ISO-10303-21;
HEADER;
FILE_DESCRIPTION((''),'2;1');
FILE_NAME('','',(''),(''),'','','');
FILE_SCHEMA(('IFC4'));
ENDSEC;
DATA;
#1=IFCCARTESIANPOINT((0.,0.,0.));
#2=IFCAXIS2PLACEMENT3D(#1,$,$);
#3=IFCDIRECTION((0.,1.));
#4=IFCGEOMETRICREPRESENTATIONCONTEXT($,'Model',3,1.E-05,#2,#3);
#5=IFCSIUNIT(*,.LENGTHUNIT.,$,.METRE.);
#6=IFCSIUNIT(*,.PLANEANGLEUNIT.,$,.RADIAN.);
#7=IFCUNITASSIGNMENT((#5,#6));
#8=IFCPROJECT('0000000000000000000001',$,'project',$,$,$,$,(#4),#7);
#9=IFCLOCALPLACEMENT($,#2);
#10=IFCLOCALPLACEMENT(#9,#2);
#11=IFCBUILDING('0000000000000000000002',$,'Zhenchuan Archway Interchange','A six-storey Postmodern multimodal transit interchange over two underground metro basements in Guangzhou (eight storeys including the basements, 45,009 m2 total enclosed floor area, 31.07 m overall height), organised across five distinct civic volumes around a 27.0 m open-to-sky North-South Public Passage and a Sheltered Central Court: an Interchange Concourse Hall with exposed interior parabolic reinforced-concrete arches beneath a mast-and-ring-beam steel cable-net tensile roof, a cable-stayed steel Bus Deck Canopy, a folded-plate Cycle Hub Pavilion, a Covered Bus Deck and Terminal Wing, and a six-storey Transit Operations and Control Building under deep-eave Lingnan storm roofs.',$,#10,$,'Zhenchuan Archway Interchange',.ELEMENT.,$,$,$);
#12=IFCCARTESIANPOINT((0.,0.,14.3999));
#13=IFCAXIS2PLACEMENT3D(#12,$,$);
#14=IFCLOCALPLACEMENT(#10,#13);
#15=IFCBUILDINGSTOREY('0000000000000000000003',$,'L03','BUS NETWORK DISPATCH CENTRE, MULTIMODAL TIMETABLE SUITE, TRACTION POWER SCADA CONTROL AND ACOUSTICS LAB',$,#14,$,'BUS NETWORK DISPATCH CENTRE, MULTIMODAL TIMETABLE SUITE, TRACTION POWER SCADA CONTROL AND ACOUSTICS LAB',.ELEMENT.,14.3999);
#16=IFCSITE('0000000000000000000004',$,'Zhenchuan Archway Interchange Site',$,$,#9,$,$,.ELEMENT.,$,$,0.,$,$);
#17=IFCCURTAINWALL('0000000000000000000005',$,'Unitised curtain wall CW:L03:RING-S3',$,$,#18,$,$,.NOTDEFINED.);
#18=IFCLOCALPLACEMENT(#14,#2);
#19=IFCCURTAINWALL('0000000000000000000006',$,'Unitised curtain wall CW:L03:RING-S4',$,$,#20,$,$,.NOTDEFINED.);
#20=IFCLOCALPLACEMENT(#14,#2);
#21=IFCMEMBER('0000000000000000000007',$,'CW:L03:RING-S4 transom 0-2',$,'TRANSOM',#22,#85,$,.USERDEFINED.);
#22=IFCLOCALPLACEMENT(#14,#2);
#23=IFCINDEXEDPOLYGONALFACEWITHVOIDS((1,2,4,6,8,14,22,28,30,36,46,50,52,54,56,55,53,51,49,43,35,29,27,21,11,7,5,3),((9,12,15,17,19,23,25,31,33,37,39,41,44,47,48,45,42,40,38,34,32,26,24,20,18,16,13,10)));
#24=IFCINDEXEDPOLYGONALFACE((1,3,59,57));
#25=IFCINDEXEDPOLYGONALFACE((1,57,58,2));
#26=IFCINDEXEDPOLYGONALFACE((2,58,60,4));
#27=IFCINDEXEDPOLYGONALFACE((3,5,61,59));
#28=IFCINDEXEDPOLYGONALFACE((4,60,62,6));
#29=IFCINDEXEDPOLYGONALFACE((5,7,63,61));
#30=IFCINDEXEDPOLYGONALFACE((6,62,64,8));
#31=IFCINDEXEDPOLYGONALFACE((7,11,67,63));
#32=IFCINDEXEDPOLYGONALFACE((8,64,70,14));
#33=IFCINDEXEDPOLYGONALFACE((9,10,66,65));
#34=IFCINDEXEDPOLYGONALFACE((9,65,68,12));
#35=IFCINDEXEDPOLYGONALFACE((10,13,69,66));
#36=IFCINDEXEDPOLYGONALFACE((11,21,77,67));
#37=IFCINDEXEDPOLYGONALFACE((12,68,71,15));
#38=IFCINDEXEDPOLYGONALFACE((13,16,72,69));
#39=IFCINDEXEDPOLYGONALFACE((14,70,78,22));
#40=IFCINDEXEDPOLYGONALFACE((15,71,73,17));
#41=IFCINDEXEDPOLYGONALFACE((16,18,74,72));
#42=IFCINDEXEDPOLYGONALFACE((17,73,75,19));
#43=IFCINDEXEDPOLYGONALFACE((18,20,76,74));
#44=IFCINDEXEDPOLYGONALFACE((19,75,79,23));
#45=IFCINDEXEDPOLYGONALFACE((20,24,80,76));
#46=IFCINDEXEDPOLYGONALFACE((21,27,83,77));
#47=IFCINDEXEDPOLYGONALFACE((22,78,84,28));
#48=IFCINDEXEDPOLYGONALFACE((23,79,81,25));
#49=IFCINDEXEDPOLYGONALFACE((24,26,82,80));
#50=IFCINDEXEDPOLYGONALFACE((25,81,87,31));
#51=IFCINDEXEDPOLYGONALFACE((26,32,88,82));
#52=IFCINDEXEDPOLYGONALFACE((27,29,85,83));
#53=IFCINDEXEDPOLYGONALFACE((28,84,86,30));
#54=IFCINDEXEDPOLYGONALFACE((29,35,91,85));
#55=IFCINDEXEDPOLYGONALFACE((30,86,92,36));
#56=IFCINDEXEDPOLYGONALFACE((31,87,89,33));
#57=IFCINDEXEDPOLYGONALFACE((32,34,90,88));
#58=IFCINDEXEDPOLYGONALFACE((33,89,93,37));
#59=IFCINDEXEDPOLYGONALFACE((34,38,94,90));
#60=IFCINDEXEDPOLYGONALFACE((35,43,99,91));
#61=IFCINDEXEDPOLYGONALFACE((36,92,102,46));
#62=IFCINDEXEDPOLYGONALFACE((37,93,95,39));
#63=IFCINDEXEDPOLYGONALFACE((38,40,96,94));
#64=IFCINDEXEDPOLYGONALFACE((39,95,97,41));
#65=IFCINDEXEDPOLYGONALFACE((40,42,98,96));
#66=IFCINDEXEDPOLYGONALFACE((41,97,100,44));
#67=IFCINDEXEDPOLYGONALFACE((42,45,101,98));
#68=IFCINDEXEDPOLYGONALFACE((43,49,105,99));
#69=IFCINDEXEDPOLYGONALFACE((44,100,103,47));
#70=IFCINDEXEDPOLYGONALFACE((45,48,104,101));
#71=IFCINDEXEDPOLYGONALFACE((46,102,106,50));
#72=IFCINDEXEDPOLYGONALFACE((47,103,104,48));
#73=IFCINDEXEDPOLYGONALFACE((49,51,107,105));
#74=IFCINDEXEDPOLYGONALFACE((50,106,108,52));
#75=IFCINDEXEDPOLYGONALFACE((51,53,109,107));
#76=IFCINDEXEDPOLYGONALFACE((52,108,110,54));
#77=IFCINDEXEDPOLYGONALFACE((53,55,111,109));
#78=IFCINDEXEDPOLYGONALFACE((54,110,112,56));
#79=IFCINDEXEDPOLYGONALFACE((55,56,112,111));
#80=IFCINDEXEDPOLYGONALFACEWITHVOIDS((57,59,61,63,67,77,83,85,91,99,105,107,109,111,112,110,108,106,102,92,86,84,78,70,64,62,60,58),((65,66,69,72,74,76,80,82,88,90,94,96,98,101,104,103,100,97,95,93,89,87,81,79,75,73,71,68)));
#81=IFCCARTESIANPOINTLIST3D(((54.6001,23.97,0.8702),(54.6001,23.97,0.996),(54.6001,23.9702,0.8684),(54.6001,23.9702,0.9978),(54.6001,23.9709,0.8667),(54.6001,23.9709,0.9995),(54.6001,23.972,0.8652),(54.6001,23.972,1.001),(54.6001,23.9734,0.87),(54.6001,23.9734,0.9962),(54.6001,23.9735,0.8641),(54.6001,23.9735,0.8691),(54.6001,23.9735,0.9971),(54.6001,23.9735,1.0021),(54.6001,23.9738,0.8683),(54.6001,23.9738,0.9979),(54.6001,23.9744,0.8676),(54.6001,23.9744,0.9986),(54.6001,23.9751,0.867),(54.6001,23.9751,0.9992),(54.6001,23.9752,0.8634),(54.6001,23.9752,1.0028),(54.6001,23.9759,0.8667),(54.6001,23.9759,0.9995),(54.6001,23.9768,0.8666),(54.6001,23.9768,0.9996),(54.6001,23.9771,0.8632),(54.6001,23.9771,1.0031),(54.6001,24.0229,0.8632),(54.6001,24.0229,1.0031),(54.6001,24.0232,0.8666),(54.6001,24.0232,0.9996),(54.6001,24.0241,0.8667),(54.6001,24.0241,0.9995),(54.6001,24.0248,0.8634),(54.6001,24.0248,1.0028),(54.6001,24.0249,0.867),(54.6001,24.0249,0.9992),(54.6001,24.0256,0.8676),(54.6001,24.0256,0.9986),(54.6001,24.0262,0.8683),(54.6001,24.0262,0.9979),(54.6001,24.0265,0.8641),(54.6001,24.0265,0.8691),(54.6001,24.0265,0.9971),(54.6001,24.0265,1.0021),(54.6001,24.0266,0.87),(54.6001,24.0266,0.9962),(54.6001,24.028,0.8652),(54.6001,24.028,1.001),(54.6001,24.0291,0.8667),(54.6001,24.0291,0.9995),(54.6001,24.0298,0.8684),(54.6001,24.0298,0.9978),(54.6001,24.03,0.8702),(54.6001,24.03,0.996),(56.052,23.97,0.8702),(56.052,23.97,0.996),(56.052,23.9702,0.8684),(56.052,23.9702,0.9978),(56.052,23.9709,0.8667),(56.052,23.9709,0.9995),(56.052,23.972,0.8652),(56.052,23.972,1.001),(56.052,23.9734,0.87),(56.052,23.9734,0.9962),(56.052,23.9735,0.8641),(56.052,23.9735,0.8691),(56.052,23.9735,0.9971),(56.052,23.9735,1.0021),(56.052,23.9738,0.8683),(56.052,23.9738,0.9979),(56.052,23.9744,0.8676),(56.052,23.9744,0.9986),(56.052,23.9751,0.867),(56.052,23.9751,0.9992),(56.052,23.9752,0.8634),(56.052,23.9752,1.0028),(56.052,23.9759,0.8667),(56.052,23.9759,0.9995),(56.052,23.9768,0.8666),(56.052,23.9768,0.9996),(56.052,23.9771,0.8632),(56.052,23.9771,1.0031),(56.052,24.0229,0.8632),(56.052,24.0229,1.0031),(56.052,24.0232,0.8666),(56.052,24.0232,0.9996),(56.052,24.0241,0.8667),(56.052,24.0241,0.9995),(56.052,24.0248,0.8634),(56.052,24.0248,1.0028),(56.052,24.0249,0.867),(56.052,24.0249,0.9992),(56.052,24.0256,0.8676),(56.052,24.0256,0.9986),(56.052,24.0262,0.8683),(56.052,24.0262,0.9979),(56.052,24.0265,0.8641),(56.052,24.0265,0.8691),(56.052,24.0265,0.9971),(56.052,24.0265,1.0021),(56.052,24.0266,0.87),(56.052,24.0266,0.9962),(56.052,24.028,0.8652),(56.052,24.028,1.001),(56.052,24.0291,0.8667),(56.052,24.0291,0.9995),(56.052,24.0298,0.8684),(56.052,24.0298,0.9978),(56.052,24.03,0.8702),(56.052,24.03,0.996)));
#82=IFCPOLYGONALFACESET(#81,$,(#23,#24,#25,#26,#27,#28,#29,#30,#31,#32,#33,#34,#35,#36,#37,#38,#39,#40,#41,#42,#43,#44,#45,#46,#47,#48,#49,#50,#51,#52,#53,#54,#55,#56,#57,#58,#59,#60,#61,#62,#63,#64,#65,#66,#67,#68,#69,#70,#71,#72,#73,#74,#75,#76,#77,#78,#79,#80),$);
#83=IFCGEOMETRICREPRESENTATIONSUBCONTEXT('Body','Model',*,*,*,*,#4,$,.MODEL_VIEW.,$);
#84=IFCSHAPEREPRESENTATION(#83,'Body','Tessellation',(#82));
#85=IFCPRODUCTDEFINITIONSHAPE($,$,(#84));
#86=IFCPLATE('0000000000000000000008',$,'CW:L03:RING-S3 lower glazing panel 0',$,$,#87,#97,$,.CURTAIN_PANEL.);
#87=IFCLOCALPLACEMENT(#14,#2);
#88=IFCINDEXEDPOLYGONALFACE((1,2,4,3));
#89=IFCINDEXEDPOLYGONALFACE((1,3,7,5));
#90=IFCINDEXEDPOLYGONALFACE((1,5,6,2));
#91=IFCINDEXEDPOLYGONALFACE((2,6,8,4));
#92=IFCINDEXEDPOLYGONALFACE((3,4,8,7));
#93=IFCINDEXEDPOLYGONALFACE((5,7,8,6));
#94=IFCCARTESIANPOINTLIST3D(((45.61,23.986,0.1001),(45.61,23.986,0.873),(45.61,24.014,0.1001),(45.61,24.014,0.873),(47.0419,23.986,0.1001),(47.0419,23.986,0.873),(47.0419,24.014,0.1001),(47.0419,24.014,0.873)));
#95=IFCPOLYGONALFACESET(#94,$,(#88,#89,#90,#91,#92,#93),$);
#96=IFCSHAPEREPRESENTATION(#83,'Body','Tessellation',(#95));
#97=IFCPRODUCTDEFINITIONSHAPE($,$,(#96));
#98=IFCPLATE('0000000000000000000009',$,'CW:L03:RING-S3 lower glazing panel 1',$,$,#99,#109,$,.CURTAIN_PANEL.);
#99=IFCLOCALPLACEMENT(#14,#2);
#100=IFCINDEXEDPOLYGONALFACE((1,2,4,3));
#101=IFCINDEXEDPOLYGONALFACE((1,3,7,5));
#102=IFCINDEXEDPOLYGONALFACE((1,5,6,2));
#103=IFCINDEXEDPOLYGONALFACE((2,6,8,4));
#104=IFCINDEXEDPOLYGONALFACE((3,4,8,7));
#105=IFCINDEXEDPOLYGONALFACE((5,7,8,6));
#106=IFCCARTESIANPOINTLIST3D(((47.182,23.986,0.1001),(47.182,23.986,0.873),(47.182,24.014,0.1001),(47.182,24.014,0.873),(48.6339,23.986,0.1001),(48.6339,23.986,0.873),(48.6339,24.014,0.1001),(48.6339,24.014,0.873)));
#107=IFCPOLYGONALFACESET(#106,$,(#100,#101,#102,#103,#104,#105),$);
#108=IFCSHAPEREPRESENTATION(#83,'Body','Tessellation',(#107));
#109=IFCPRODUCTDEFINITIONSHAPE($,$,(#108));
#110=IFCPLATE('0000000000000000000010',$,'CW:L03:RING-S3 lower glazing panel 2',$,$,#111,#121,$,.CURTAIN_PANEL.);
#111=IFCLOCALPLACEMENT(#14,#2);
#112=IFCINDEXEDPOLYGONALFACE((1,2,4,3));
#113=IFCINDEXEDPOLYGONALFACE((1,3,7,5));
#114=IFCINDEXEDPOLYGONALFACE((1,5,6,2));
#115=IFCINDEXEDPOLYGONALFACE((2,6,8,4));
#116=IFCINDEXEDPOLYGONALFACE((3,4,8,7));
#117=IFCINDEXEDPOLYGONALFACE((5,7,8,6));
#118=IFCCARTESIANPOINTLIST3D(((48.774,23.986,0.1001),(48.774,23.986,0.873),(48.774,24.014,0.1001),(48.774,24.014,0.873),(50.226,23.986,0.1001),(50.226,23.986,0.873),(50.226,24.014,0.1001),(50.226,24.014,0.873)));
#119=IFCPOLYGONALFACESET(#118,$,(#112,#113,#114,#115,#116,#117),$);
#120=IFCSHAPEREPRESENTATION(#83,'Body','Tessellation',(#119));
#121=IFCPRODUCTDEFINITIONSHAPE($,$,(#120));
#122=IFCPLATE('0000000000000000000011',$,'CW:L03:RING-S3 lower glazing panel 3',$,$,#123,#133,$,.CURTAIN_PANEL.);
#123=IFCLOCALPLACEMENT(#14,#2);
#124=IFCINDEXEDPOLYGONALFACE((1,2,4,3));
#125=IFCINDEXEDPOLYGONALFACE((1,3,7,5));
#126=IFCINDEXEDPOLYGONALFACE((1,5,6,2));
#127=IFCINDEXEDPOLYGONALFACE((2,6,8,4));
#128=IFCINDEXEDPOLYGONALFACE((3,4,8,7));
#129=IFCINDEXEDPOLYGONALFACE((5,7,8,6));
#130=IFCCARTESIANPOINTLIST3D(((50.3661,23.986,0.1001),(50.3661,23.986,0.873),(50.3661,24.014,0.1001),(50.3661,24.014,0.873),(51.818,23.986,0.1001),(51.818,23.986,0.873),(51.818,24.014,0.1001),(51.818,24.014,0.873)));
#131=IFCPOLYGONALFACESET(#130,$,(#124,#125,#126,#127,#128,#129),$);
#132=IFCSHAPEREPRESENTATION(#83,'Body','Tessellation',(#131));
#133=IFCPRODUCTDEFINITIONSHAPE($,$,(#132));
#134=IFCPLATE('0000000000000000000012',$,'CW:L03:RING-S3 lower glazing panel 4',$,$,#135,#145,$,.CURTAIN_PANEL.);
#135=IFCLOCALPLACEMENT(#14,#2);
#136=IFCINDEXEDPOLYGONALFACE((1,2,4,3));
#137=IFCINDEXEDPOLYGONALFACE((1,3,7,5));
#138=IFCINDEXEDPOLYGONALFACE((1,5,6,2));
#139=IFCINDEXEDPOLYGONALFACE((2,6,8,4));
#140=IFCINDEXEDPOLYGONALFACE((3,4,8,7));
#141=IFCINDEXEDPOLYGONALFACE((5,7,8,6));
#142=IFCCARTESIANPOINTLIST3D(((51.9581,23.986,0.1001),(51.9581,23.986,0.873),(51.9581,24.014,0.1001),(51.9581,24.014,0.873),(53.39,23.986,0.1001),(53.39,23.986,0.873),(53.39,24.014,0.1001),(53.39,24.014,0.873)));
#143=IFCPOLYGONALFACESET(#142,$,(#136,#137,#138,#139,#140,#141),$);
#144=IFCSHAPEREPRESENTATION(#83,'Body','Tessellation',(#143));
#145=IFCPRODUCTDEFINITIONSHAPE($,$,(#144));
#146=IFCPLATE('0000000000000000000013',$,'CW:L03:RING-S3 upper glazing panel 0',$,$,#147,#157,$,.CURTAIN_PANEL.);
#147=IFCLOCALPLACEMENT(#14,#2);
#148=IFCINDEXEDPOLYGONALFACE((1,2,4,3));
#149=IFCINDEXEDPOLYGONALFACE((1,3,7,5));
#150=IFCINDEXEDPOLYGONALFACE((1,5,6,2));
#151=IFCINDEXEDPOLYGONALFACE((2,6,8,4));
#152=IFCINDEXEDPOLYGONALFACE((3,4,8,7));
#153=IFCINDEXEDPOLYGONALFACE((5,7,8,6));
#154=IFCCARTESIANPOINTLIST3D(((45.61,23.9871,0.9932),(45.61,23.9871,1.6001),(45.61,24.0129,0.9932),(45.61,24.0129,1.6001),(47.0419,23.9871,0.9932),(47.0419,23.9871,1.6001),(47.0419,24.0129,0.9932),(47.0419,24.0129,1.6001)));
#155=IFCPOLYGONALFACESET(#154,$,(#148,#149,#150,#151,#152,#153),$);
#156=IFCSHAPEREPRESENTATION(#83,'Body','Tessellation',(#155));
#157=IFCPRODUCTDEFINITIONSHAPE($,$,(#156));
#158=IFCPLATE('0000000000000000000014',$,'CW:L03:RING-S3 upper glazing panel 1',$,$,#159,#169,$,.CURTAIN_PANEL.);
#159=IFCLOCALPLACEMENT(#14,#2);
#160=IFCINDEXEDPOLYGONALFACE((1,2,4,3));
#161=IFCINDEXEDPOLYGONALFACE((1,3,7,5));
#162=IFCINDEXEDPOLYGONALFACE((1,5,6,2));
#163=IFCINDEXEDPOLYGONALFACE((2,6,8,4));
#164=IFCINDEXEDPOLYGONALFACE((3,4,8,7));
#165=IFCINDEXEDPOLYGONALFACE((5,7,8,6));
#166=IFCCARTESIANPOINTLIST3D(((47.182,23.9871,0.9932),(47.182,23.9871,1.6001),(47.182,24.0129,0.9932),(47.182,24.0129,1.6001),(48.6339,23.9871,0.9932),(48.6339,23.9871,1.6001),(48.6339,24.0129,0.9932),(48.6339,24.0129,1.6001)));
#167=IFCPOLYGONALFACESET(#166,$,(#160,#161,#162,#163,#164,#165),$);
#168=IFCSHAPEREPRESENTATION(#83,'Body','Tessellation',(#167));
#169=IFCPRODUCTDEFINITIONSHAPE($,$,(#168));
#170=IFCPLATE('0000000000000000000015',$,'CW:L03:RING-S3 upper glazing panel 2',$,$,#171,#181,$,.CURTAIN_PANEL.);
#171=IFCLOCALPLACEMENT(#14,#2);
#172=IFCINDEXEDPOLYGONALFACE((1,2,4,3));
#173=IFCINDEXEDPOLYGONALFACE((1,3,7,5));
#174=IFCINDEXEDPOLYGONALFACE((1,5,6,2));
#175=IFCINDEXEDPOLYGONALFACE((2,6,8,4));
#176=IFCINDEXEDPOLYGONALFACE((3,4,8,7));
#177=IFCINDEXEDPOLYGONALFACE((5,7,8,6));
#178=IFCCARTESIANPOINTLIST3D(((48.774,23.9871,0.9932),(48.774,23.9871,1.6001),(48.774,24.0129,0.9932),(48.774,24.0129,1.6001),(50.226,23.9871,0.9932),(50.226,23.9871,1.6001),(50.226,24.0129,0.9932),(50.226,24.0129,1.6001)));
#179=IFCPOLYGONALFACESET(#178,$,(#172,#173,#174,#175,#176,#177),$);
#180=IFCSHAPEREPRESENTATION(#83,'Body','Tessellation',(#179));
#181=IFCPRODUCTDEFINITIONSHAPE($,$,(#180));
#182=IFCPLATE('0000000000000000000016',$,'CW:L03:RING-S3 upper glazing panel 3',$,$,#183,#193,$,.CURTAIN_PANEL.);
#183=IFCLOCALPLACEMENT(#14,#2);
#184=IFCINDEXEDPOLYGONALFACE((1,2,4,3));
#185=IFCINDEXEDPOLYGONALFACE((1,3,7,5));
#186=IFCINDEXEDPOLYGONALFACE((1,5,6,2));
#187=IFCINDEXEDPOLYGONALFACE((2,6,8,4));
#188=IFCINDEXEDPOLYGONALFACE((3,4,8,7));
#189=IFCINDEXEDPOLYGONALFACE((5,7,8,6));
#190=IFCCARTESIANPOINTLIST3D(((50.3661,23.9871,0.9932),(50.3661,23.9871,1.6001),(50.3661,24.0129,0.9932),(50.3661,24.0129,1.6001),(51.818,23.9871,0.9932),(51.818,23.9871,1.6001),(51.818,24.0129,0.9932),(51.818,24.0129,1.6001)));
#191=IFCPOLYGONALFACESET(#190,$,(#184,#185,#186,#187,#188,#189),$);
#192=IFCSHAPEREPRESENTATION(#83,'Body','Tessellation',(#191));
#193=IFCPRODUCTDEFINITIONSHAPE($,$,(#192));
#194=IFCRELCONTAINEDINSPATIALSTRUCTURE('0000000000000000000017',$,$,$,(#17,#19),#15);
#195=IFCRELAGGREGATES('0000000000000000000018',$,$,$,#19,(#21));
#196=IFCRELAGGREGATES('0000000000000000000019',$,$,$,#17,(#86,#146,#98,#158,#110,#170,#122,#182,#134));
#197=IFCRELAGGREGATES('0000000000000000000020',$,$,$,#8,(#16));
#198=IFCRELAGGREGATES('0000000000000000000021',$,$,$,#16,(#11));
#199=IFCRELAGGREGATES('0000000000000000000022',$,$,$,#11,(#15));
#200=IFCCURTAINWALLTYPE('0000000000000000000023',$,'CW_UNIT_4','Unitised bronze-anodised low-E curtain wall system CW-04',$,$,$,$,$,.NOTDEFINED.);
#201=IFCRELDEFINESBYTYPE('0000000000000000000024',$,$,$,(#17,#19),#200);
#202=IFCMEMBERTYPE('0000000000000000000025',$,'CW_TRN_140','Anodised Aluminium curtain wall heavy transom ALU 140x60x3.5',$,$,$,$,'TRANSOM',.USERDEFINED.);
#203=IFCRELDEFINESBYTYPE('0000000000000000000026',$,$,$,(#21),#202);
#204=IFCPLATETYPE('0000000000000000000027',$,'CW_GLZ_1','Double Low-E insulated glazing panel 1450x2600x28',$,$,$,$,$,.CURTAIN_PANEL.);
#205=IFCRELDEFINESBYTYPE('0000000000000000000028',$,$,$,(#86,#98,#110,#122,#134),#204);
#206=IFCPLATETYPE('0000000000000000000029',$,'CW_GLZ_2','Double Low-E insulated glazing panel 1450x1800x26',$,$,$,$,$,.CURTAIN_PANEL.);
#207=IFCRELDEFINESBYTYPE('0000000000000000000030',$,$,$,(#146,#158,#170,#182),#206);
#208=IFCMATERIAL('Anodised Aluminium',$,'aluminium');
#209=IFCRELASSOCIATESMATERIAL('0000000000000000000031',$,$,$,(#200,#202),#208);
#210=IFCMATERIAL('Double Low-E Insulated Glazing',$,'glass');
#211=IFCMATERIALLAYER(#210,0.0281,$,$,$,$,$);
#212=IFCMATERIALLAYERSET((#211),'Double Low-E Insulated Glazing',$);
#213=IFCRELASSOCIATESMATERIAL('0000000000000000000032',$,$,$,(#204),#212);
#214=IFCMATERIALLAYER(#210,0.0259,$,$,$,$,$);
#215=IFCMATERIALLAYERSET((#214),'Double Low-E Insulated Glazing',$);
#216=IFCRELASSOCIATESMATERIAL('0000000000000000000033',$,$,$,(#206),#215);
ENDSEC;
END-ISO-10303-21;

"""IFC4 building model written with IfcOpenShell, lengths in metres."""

from ifc_helpers import new_model, si_unit, direction, frame, origin, origin_2d, place, context, subcontext, project, spatial, rectangle, hollow_rectangle, extrude, material, layer, layer_set, material_profile, profile_set, type_object, element, aggregate, save


model = new_model("IFC4")

# Units and contexts
model_context = context("Model", 3, precision=1e-05, world=origin(), true_north=direction((0.0, 1.0)))
body_context = subcontext(model_context, "Body", "Model", "MODEL_VIEW")
ifc_project = project(units=[si_unit("LENGTHUNIT", "METRE"), si_unit("PLANEANGLEUNIT", "RADIAN")], contexts=[model_context])

# Site, building, storey
site_placement = place(None, origin())
site = spatial("IfcSite", under=ifc_project, at=site_placement, Name="Zhenchuan Archway Interchange Site", CompositionType="ELEMENT", RefElevation=0.0)
building_placement = place(site_placement, origin())
building = spatial("IfcBuilding", under=site, at=building_placement, Name="Zhenchuan Archway Interchange", Description="A six-storey Postmodern multimodal transit interchange over two underground metro basements in Guangzhou (eight storeys including the basements, 45,009 m2 total enclosed floor area, 31.07 m overall height), organised across five distinct civic volumes around a 27.0 m open-to-sky North-South Public Passage and a Sheltered Central Court: an Interchange Concourse Hall with exposed interior parabolic reinforced-concrete arches beneath a mast-and-ring-beam steel cable-net tensile roof, a cable-stayed steel Bus Deck Canopy, a folded-plate Cycle Hub Pavilion, a Covered Bus Deck and Terminal Wing, and a six-storey Transit Operations and Control Building under deep-eave Lingnan storm roofs.", LongName="Zhenchuan Archway Interchange", CompositionType="ELEMENT")
storey_placement = place(building_placement, frame((0.0, 0.0, 14.3999)))
storey = spatial("IfcBuildingStorey", under=building, at=storey_placement, Name="L03", Description="BUS NETWORK DISPATCH CENTRE, MULTIMODAL TIMETABLE SUITE, TRACTION POWER SCADA CONTROL AND ACOUSTICS LAB", LongName="BUS NETWORK DISPATCH CENTRE, MULTIMODAL TIMETABLE SUITE, TRACTION POWER SCADA CONTROL AND ACOUSTICS LAB", CompositionType="ELEMENT", Elevation=14.3999)

# Curtain wall
ifc_material_1 = material(Name="Anodised Aluminium", Category="aluminium")
curtain_wall_type = type_object("IfcCurtainWallType", Name="CW_UNIT_4", Description="Unitised bronze-anodised low-E curtain wall system CW-04", PredefinedType="NOTDEFINED", material=ifc_material_1)
curtain_wall_1_placement = place(storey_placement, origin())
curtain_wall_1 = element("IfcCurtainWall", 1, at=curtain_wall_1_placement, inside=storey, type_object=curtain_wall_type, Name="Unitised curtain wall CW:L03:RING-S3", PredefinedType="NOTDEFINED")

# Curtain wall
curtain_wall_2_placement = place(storey_placement, origin())
curtain_wall_2 = element("IfcCurtainWall", 2, at=curtain_wall_2_placement, inside=storey, type_object=curtain_wall_type, Name="Unitised curtain wall CW:L03:RING-S4", PredefinedType="NOTDEFINED")

# Member
ifc_material_profile_1 = material_profile(ifc_material_1, hollow_rectangle(XDim=0.0601, YDim=0.1399, WallThickness=0.0034, InnerFilletRadius=0.0034, OuterFilletRadius=0.0071, at=origin_2d()), Name="ALU 140x60x3.5")
ifc_profile_set_1 = profile_set([ifc_material_profile_1], Name="Anodised Aluminium")
member_type_1 = type_object("IfcMemberType", Name="CW_TRN_140", Description="Anodised Aluminium curtain wall heavy transom ALU 140x60x3.5", ElementType="TRANSOM", PredefinedType="USERDEFINED", material=ifc_profile_set_1)
member_1_placement = place(storey_placement, frame((54.6001, 24.0, 0.9331), z_axis=(1.0, 0.0, 0.0), x_axis=(0.0, 1.0, 0.0)))
member_1 = element("IfcMember", 3, at=member_1_placement, type_object=member_type_1, Name="CW:L03:RING-S4 transom 0-2", ObjectType="TRANSOM", PredefinedType="USERDEFINED", context=body_context, shape_type="SweptSolid", body=[
    extrude(hollow_rectangle(XDim=0.0601, YDim=0.1399, WallThickness=0.0034, InnerFilletRadius=0.0034, OuterFilletRadius=0.0071, at=origin_2d()), origin(), (0.0, 0.0, 1.0), 1.4519),
])
aggregate(curtain_wall_2, [member_1])

# Plates
ifc_material_2 = material(Name="Double Low-E Insulated Glazing", Category="glass")
ifc_layer_1 = layer(ifc_material_2, 0.0281)
ifc_layer_set_1 = layer_set([ifc_layer_1], Name="Double Low-E Insulated Glazing")
plate_type_1 = type_object("IfcPlateType", Name="CW_GLZ_1", Description="Double Low-E insulated glazing panel 1450x2600x28", PredefinedType="CURTAIN_PANEL", material=ifc_layer_set_1)
plate_1_placement = place(storey_placement, frame((46.3259, 24.0, 0.1001), z_axis=(0.0, 0.0, 1.0), x_axis=(1.0, 0.0, 0.0)))
plate_1 = element("IfcPlate", 4, at=plate_1_placement, type_object=plate_type_1, Name="CW:L03:RING-S3 lower glazing panel 0", PredefinedType="CURTAIN_PANEL", context=body_context, shape_type="SweptSolid", body=[
    extrude(rectangle(XDim=1.4319, YDim=0.0281, at=origin_2d()), origin(), (0.0, 0.0, 1.0), 0.7729),
])
plate_2_placement = place(storey_placement, frame((47.908, 24.0, 0.1001), z_axis=(0.0, 0.0, 1.0), x_axis=(1.0, 0.0, 0.0)))
plate_2 = element("IfcPlate", 5, at=plate_2_placement, type_object=plate_type_1, Name="CW:L03:RING-S3 lower glazing panel 1", PredefinedType="CURTAIN_PANEL", context=body_context, shape_type="SweptSolid", body=[
    extrude(rectangle(XDim=1.4519, YDim=0.0281, at=origin_2d()), origin(), (0.0, 0.0, 1.0), 0.7729),
])
plate_3_placement = place(storey_placement, frame((49.5, 24.0, 0.1001), z_axis=(0.0, 0.0, 1.0), x_axis=(1.0, 0.0, 0.0)))
plate_3 = element("IfcPlate", 6, at=plate_3_placement, type_object=plate_type_1, Name="CW:L03:RING-S3 lower glazing panel 2", PredefinedType="CURTAIN_PANEL", context=body_context, shape_type="SweptSolid", body=[
    extrude(rectangle(XDim=1.4519, YDim=0.0281, at=origin_2d()), origin(), (0.0, 0.0, 1.0), 0.7729),
])
plate_4_placement = place(storey_placement, frame((51.092, 24.0, 0.1001), z_axis=(0.0, 0.0, 1.0), x_axis=(1.0, 0.0, 0.0)))
plate_4 = element("IfcPlate", 7, at=plate_4_placement, type_object=plate_type_1, Name="CW:L03:RING-S3 lower glazing panel 3", PredefinedType="CURTAIN_PANEL", context=body_context, shape_type="SweptSolid", body=[
    extrude(rectangle(XDim=1.4519, YDim=0.0281, at=origin_2d()), origin(), (0.0, 0.0, 1.0), 0.7729),
])
plate_5_placement = place(storey_placement, frame((52.6741, 24.0, 0.1001), z_axis=(0.0, 0.0, 1.0), x_axis=(1.0, 0.0, 0.0)))
plate_5 = element("IfcPlate", 8, at=plate_5_placement, type_object=plate_type_1, Name="CW:L03:RING-S3 lower glazing panel 4", PredefinedType="CURTAIN_PANEL", context=body_context, shape_type="SweptSolid", body=[
    extrude(rectangle(XDim=1.4319, YDim=0.0281, at=origin_2d()), origin(), (0.0, 0.0, 1.0), 0.7729),
])
ifc_layer_2 = layer(ifc_material_2, 0.0259)
ifc_layer_set_2 = layer_set([ifc_layer_2], Name="Double Low-E Insulated Glazing")
plate_type_2 = type_object("IfcPlateType", Name="CW_GLZ_2", Description="Double Low-E insulated glazing panel 1450x1800x26", PredefinedType="CURTAIN_PANEL", material=ifc_layer_set_2)
plate_6_placement = place(storey_placement, frame((46.3259, 24.0, 0.9932), z_axis=(0.0, 0.0, 1.0), x_axis=(1.0, 0.0, 0.0)))
plate_6 = element("IfcPlate", 9, at=plate_6_placement, type_object=plate_type_2, Name="CW:L03:RING-S3 upper glazing panel 0", PredefinedType="CURTAIN_PANEL", context=body_context, shape_type="SweptSolid", body=[
    extrude(rectangle(XDim=1.4319, YDim=0.0259, at=origin_2d()), origin(), (0.0, 0.0, 1.0), 0.6069),
])
plate_7_placement = place(storey_placement, frame((47.908, 24.0, 0.9932), z_axis=(0.0, 0.0, 1.0), x_axis=(1.0, 0.0, 0.0)))
plate_7 = element("IfcPlate", 10, at=plate_7_placement, type_object=plate_type_2, Name="CW:L03:RING-S3 upper glazing panel 1", PredefinedType="CURTAIN_PANEL", context=body_context, shape_type="SweptSolid", body=[
    extrude(rectangle(XDim=1.4519, YDim=0.0259, at=origin_2d()), origin(), (0.0, 0.0, 1.0), 0.6069),
])
plate_8_placement = place(storey_placement, frame((49.5, 24.0, 0.9932), z_axis=(0.0, 0.0, 1.0), x_axis=(1.0, 0.0, 0.0)))
plate_8 = element("IfcPlate", 11, at=plate_8_placement, type_object=plate_type_2, Name="CW:L03:RING-S3 upper glazing panel 2", PredefinedType="CURTAIN_PANEL", context=body_context, shape_type="SweptSolid", body=[
    extrude(rectangle(XDim=1.4519, YDim=0.0259, at=origin_2d()), origin(), (0.0, 0.0, 1.0), 0.6069),
])
plate_9_placement = place(storey_placement, frame((51.092, 24.0, 0.9932), z_axis=(0.0, 0.0, 1.0), x_axis=(1.0, 0.0, 0.0)))
plate_9 = element("IfcPlate", 12, at=plate_9_placement, type_object=plate_type_2, Name="CW:L03:RING-S3 upper glazing panel 3", PredefinedType="CURTAIN_PANEL", context=body_context, shape_type="SweptSolid", body=[
    extrude(rectangle(XDim=1.4519, YDim=0.0259, at=origin_2d()), origin(), (0.0, 0.0, 1.0), 0.6069),
])
aggregate(curtain_wall_1, [plate_1, plate_6, plate_2, plate_7, plate_3, plate_8, plate_4, plate_9, plate_5])

save(model, "model.ifc")
